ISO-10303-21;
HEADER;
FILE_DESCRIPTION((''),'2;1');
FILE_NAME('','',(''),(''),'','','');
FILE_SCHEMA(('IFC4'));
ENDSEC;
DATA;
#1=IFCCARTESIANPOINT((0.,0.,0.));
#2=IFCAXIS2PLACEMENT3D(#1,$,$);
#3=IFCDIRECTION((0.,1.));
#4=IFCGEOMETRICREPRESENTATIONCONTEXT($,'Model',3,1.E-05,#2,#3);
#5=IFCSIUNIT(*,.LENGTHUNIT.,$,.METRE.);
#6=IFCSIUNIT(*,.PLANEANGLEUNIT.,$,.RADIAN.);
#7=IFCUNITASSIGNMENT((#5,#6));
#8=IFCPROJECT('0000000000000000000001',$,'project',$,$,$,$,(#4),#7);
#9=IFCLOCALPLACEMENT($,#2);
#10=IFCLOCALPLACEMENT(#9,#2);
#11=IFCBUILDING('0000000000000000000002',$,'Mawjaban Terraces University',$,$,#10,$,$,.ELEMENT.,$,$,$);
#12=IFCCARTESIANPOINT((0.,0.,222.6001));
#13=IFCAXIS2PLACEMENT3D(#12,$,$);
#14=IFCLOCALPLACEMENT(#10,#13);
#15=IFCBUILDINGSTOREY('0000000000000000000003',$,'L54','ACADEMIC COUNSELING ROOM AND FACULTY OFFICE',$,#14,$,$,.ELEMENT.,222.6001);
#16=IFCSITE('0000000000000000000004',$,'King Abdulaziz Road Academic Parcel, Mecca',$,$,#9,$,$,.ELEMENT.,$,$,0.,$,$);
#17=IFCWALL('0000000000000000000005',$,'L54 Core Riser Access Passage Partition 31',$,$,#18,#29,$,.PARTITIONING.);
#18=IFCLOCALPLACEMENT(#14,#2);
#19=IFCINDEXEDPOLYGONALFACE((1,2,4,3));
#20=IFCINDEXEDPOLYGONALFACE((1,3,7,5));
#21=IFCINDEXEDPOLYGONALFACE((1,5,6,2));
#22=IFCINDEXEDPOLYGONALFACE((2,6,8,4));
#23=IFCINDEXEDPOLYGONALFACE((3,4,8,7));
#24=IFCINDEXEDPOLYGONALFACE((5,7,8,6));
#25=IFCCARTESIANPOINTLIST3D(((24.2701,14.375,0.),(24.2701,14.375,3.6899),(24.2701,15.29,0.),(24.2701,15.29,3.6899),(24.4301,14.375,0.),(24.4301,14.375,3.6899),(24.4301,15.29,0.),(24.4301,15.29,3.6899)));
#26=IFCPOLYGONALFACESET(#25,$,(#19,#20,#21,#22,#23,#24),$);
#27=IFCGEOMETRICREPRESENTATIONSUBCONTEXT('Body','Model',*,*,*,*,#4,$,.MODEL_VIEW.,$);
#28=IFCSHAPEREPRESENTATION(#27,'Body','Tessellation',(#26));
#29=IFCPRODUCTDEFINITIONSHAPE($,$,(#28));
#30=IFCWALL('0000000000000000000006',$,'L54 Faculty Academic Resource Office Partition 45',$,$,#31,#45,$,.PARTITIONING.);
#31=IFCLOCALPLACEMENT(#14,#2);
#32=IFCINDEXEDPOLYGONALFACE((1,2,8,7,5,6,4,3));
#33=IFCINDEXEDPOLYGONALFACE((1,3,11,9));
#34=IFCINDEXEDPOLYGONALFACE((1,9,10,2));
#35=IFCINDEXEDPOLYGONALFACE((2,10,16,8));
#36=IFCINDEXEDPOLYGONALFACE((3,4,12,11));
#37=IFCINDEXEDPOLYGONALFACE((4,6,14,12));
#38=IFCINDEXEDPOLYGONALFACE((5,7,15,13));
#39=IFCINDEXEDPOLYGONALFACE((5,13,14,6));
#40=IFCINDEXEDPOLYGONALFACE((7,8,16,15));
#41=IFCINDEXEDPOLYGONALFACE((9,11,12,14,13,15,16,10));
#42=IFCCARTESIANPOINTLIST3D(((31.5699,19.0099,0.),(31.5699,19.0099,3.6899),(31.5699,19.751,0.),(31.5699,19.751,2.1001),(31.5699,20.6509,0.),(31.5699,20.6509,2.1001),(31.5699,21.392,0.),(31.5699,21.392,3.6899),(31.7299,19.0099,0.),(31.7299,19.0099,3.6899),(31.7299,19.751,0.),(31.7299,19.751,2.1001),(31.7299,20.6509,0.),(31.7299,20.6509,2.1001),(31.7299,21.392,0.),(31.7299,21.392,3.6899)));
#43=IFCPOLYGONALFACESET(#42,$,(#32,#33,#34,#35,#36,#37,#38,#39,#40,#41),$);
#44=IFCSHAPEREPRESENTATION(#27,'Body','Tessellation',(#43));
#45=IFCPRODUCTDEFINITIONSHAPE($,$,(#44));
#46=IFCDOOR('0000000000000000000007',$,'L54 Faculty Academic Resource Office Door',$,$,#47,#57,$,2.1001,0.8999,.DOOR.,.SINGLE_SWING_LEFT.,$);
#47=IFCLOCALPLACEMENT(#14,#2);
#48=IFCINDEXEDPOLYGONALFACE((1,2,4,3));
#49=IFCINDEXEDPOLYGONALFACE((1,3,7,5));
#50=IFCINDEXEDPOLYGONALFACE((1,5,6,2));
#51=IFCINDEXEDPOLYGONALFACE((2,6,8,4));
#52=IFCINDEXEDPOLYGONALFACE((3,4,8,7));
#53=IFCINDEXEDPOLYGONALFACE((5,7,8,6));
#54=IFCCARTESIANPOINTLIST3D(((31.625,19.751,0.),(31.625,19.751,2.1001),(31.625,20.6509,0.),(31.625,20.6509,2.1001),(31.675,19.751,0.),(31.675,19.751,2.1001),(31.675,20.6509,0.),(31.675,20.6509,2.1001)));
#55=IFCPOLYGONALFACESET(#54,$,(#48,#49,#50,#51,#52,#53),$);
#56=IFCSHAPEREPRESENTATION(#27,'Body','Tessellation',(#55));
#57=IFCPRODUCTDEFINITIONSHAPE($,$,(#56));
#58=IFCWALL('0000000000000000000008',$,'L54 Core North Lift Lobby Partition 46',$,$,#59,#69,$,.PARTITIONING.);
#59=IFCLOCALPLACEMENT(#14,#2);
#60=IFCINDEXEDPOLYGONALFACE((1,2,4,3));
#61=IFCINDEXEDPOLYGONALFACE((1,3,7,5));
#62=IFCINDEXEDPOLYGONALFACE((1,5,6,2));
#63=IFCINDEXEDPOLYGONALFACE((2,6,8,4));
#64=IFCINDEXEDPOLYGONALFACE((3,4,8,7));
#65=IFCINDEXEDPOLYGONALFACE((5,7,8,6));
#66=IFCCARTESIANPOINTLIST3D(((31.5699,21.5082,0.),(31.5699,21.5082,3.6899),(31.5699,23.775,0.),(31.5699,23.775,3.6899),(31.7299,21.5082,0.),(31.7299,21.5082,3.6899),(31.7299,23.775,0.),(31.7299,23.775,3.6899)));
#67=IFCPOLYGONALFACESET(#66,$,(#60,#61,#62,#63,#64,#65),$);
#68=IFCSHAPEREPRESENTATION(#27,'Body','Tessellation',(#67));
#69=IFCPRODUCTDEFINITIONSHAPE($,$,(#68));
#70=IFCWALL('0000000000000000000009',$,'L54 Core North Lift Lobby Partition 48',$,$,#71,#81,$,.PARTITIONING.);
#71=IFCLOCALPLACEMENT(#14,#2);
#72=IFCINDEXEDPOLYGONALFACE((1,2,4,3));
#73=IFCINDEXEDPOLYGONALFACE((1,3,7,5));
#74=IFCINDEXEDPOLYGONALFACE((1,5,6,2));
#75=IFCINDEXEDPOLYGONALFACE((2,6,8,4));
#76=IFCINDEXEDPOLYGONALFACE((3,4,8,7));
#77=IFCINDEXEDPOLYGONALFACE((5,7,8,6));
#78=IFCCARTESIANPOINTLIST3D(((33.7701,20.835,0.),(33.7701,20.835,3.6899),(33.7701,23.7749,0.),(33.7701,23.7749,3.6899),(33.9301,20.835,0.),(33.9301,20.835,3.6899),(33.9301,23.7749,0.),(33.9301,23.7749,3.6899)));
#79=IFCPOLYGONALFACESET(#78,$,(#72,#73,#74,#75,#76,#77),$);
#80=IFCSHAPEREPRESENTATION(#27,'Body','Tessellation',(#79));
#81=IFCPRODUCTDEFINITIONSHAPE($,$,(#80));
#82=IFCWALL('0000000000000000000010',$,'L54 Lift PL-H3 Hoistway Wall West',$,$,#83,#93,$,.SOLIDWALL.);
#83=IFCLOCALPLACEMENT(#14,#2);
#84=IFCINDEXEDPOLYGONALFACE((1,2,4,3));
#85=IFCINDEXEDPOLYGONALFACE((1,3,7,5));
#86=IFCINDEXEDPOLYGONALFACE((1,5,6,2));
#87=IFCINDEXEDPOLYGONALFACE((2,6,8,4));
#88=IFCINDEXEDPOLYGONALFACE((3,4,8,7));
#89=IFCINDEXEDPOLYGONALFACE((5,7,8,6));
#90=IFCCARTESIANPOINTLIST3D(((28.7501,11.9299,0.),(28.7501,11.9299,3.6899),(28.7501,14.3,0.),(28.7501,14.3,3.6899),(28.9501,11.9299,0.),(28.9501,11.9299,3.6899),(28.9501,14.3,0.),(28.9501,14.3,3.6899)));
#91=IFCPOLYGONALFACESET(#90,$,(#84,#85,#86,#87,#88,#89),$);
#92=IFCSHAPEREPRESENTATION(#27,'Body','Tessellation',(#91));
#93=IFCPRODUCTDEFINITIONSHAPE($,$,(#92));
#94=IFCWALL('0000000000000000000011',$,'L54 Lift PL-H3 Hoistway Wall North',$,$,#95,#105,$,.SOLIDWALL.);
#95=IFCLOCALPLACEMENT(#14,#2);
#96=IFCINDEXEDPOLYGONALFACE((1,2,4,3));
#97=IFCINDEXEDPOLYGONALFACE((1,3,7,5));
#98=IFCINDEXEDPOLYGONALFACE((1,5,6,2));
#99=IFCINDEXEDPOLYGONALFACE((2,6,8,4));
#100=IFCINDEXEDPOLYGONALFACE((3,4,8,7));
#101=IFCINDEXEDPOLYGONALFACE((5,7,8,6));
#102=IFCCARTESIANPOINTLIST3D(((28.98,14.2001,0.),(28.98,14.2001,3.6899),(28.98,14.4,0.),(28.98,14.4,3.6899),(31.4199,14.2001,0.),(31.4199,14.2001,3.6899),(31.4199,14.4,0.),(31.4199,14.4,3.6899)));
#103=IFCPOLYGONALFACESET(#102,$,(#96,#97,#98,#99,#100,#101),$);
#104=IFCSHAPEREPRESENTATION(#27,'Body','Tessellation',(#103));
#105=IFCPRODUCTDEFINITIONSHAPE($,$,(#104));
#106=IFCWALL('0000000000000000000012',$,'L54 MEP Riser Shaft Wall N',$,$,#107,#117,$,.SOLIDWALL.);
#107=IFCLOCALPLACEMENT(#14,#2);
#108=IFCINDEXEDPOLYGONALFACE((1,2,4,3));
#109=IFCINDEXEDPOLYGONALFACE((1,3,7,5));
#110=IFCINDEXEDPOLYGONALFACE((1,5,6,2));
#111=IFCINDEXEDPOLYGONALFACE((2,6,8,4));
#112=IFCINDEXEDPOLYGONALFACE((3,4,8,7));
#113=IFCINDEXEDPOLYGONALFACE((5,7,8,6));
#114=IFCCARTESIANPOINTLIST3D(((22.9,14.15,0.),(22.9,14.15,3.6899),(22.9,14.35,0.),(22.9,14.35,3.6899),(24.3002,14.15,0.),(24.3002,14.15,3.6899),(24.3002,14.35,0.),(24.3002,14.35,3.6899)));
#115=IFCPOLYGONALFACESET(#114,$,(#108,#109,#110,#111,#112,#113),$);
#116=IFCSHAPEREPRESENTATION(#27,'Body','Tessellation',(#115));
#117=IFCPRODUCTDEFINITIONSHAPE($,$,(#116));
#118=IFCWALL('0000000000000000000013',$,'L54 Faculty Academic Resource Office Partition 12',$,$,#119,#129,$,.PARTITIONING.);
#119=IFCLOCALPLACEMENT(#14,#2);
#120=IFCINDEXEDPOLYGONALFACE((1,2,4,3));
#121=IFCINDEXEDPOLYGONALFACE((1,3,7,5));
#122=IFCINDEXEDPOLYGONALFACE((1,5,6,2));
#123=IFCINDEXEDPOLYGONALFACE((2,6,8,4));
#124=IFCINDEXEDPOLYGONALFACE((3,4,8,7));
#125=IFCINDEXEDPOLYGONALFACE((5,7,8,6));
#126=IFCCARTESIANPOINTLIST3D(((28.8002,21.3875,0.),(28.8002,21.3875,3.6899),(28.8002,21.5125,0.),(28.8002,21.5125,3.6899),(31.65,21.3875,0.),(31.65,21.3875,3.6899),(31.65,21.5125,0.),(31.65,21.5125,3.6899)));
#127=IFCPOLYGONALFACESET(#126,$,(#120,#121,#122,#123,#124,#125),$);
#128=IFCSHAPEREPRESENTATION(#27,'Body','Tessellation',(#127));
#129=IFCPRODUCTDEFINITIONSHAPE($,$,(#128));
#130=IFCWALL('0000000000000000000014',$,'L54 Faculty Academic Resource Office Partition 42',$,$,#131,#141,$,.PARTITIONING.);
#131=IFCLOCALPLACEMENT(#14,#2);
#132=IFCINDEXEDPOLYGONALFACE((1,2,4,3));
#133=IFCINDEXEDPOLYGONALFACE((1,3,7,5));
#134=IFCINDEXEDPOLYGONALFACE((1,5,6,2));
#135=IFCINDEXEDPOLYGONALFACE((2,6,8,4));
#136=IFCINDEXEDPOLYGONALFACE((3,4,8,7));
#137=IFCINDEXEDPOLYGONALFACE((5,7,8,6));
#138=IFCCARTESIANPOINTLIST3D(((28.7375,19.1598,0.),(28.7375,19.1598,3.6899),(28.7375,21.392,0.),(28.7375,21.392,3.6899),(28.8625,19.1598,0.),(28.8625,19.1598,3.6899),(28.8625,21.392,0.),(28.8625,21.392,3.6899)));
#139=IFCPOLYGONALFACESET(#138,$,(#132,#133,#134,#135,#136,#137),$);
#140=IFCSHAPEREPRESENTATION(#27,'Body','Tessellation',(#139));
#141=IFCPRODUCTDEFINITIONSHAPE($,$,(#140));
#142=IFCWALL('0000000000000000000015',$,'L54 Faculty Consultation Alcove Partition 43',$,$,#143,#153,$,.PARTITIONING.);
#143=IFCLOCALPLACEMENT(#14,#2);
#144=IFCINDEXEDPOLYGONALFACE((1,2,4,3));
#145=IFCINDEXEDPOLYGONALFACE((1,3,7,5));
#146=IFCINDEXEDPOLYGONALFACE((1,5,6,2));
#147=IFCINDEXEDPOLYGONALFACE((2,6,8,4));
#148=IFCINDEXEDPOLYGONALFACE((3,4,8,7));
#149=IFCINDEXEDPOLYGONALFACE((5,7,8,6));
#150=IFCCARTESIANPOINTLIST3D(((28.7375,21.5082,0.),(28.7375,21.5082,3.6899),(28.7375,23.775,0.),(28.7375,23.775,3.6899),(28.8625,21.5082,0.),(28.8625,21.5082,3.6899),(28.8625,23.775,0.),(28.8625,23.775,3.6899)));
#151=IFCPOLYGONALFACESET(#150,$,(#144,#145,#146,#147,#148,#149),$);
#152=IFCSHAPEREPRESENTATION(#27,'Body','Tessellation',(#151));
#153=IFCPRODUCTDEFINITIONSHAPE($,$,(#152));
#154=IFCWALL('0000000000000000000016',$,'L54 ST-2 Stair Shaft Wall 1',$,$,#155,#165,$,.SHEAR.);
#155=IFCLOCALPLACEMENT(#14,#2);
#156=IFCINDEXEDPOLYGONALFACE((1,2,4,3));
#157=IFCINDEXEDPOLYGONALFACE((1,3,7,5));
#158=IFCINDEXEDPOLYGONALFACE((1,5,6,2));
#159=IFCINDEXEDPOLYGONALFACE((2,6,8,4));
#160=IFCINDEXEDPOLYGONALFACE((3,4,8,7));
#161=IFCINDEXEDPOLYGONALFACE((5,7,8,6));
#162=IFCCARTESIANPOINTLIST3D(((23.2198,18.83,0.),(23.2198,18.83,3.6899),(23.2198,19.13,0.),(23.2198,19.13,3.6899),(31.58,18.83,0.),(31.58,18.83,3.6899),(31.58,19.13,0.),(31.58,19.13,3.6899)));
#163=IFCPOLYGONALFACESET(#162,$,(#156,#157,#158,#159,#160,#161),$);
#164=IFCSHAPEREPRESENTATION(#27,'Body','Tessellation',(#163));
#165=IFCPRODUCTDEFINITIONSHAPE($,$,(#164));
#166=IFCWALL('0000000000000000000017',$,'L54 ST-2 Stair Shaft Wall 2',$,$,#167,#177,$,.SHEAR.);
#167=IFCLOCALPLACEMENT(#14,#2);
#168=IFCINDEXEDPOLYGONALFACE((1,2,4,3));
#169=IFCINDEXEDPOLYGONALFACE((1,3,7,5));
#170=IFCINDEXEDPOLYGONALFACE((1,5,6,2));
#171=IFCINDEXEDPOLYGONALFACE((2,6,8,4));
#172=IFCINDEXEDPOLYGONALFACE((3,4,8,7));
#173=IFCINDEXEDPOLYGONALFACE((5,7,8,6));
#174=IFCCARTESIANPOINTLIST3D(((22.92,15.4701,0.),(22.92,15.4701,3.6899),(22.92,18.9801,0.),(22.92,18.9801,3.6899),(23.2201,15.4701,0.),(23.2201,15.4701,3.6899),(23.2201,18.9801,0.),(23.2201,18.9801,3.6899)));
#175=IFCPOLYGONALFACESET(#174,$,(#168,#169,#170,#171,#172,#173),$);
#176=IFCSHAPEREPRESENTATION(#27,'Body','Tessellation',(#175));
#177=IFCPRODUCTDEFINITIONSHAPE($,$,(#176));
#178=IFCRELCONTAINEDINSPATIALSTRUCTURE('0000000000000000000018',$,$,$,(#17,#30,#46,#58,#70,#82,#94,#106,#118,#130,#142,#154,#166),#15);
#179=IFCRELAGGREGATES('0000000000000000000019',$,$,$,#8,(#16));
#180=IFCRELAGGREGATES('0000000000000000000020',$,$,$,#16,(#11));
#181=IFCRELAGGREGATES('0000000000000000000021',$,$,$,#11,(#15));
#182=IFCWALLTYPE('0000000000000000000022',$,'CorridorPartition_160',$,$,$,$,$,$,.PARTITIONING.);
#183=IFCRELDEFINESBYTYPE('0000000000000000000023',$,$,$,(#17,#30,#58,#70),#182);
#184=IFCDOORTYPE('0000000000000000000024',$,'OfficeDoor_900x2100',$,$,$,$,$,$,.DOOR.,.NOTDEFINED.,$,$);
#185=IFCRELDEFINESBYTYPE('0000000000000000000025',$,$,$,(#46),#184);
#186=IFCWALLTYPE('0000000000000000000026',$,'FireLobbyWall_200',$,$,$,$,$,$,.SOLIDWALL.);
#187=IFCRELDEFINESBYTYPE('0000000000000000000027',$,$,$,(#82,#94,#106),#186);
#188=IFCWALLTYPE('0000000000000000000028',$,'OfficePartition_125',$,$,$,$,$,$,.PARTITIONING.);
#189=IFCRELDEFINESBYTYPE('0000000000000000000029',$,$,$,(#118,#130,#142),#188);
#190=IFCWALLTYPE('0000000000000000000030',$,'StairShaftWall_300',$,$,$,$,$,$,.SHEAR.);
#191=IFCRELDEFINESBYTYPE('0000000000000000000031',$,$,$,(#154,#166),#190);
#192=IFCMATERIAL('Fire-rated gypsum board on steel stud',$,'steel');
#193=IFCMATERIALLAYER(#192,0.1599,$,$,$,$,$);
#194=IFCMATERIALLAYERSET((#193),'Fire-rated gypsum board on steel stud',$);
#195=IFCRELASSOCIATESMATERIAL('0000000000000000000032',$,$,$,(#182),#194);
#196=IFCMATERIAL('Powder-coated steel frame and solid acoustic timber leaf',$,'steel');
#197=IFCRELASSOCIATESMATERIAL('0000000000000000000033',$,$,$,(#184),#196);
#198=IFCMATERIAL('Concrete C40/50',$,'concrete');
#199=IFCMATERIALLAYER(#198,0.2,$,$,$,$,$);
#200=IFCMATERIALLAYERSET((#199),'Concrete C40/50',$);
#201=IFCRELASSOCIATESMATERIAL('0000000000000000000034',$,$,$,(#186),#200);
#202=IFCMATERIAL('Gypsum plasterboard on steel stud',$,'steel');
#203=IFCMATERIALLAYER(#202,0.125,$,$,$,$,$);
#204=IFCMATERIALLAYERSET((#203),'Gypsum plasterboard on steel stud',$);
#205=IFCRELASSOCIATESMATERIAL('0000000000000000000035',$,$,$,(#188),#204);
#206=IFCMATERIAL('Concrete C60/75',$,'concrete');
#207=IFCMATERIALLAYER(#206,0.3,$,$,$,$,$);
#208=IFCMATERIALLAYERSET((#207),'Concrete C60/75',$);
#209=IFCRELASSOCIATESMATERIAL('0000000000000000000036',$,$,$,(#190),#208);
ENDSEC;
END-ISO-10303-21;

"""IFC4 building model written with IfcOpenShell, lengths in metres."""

from ifc_helpers import new_model, si_unit, direction, frame, frame_2d, origin, place, context, subcontext, project, spatial, rectangle, extrude, material, layer, layer_set, type_object, element, fill, save


model = new_model("IFC4")

# Units and contexts
model_context = context("Model", 3, precision=1e-05, world=origin(), true_north=direction((0.0, 1.0)))
body_context = subcontext(model_context, "Body", "Model", "MODEL_VIEW")
ifc_project = project(units=[si_unit("LENGTHUNIT", "METRE"), si_unit("PLANEANGLEUNIT", "RADIAN")], contexts=[model_context])

# Site, building, storey
site_placement = place(None, origin())
site = spatial("IfcSite", under=ifc_project, at=site_placement, Name="King Abdulaziz Road Academic Parcel, Mecca", CompositionType="ELEMENT", RefElevation=0.0)
building_placement = place(site_placement, origin())
building = spatial("IfcBuilding", under=site, at=building_placement, Name="Mawjaban Terraces University", CompositionType="ELEMENT")
storey_placement = place(building_placement, frame((0.0, 0.0, 222.6001)))
storey = spatial("IfcBuildingStorey", under=building, at=storey_placement, Name="L54", Description="ACADEMIC COUNSELING ROOM AND FACULTY OFFICE", CompositionType="ELEMENT", Elevation=222.6001)

# Shared definitions
ifc_material_1 = material(Name="Concrete C60/75", Category="concrete")

# Shared definitions
ifc_material_2 = material(Name="Powder-coated steel frame and solid acoustic timber leaf", Category="steel")
ifc_material_3 = material(Name="Fire-rated gypsum board on steel stud", Category="steel")
ifc_layer_1 = layer(ifc_material_3, 0.1599)
ifc_layer_set_1 = layer_set([ifc_layer_1], Name="Fire-rated gypsum board on steel stud")
wall_type_1 = type_object("IfcWallType", Name="CorridorPartition_160", PredefinedType="PARTITIONING", material=ifc_layer_set_1)

# Wall
wall_1_placement = place(storey_placement, frame((24.3501, 15.29, 0.0), z_axis=(0.0, 0.0, 1.0), x_axis=(0.0, -1.0, 0.0)))
element("IfcWall", 1, at=wall_1_placement, inside=storey, type_object=wall_type_1, Name="L54 Core Riser Access Passage Partition 31", PredefinedType="PARTITIONING", context=body_context, shape_type="SweptSolid", body=[
    extrude(rectangle(XDim=0.915, YDim=0.1599, at=frame_2d((0.4575, 0.0))), origin(), (0.0, 0.0, 1.0), 3.6899),
])

# Wall, opening, door
wall_2_placement = place(storey_placement, frame((31.6499, 19.01, 0.0), z_axis=(0.0, 0.0, 1.0), x_axis=(0.0, 1.0, 0.0)))
wall_2 = element("IfcWall", 2, at=wall_2_placement, inside=storey, type_object=wall_type_1, Name="L54 Faculty Academic Resource Office Partition 45", PredefinedType="PARTITIONING", context=body_context, shape_type="SweptSolid", body=[
    extrude(rectangle(XDim=2.3821, YDim=0.1599, at=frame_2d((1.1909, 0.0))), origin(), (0.0, 0.0, 1.0), 3.6899),
])
opening_1_placement = place(wall_2_placement, frame((0.741, 0.0, 0.0)))
opening_1 = element("IfcOpeningElement", 3, at=opening_1_placement, cuts=wall_2, PredefinedType="OPENING", context=body_context, shape_type="SweptSolid", body=[
    extrude(rectangle(XDim=0.8999, YDim=2.1001, at=frame_2d((0.45, 1.05))), frame((0.0, 0.0898, 0.0), z_axis=(0.0, -1.0, 0.0), x_axis=(1.0, 0.0, 0.0)), (0.0, 0.0, 1.0), 0.1799),
])
door_type_1 = type_object("IfcDoorType", Name="OfficeDoor_900x2100", OperationType="NOTDEFINED", PredefinedType="DOOR", material=ifc_material_2)
door_1_placement = place(opening_1_placement, origin())
door_1 = element("IfcDoor", 4, at=door_1_placement, inside=storey, type_object=door_type_1, Name="L54 Faculty Academic Resource Office Door", OperationType="SINGLE_SWING_LEFT", OverallHeight=2.1001, OverallWidth=0.8999, PredefinedType="DOOR", context=body_context, shape_type="SweptSolid", body=[
    extrude(rectangle(XDim=0.8999, YDim=2.1001, at=frame_2d((0.45, 1.05))), frame((0.0, 0.0249, 0.0), z_axis=(0.0, -1.0, 0.0), x_axis=(1.0, 0.0, 0.0)), (0.0, 0.0, 1.0), 0.05),
])
fill(opening_1, door_1)

# Walls
wall_3_placement = place(storey_placement, frame((31.6499, 23.7749, 0.0), z_axis=(0.0, 0.0, 1.0), x_axis=(0.0, -1.0, 0.0)))
element("IfcWall", 5, at=wall_3_placement, inside=storey, type_object=wall_type_1, Name="L54 Core North Lift Lobby Partition 46", PredefinedType="PARTITIONING", context=body_context, shape_type="SweptSolid", body=[
    extrude(rectangle(XDim=2.2668, YDim=0.1599, at=frame_2d((1.1333, 0.0))), origin(), (0.0, 0.0, 1.0), 3.6899),
])
wall_4_placement = place(storey_placement, frame((33.8501, 20.835, 0.0), z_axis=(0.0, 0.0, 1.0), x_axis=(0.0, 1.0, 0.0)))
element("IfcWall", 6, at=wall_4_placement, inside=storey, type_object=wall_type_1, Name="L54 Core North Lift Lobby Partition 48", PredefinedType="PARTITIONING", context=body_context, shape_type="SweptSolid", body=[
    extrude(rectangle(XDim=2.9399, YDim=0.1599, at=frame_2d((1.47, 0.0))), origin(), (0.0, 0.0, 1.0), 3.6899),
])
ifc_material_4 = material(Name="Concrete C40/50", Category="concrete")
ifc_layer_2 = layer(ifc_material_4, 0.2)
ifc_layer_set_2 = layer_set([ifc_layer_2], Name="Concrete C40/50")
wall_type_2 = type_object("IfcWallType", Name="FireLobbyWall_200", PredefinedType="SOLIDWALL", material=ifc_layer_set_2)
wall_5_placement = place(storey_placement, frame((28.8501, 14.3, 0.0), z_axis=(0.0, 0.0, 1.0), x_axis=(0.0, -1.0, 0.0)))
element("IfcWall", 7, at=wall_5_placement, inside=storey, type_object=wall_type_2, Name="L54 Lift PL-H3 Hoistway Wall West", PredefinedType="SOLIDWALL", context=body_context, shape_type="SweptSolid", body=[
    extrude(rectangle(XDim=2.3701, YDim=0.2, at=frame_2d((1.1851, 0.0))), origin(), (0.0, 0.0, 1.0), 3.6899),
])
wall_6_placement = place(storey_placement, frame((31.4199, 14.3, 0.0), z_axis=(0.0, 0.0, 1.0), x_axis=(-1.0, 0.0, 0.0)))
element("IfcWall", 8, at=wall_6_placement, inside=storey, type_object=wall_type_2, Name="L54 Lift PL-H3 Hoistway Wall North", PredefinedType="SOLIDWALL", context=body_context, shape_type="SweptSolid", body=[
    extrude(rectangle(XDim=2.4399, YDim=0.2, at=frame_2d((1.22, 0.0))), origin(), (0.0, 0.0, 1.0), 3.6899),
])
wall_7_placement = place(storey_placement, frame((22.8999, 14.25, 0.0), z_axis=(0.0, 0.0, 1.0), x_axis=(1.0, 0.0, 0.0)))
element("IfcWall", 9, at=wall_7_placement, inside=storey, type_object=wall_type_2, Name="L54 MEP Riser Shaft Wall N", PredefinedType="SOLIDWALL", context=body_context, shape_type="SweptSolid", body=[
    extrude(rectangle(XDim=1.4001, YDim=0.2, at=frame_2d((0.7002, 0.0))), origin(), (0.0, 0.0, 1.0), 3.6899),
])
ifc_material_5 = material(Name="Gypsum plasterboard on steel stud", Category="steel")
ifc_layer_3 = layer(ifc_material_5, 0.125)
ifc_layer_set_3 = layer_set([ifc_layer_3], Name="Gypsum plasterboard on steel stud")
wall_type_3 = type_object("IfcWallType", Name="OfficePartition_125", PredefinedType="PARTITIONING", material=ifc_layer_set_3)
wall_8_placement = place(storey_placement, frame((31.6499, 21.45, 0.0), z_axis=(0.0, 0.0, 1.0), x_axis=(-1.0, 0.0, 0.0)))
element("IfcWall", 10, at=wall_8_placement, inside=storey, type_object=wall_type_3, Name="L54 Faculty Academic Resource Office Partition 12", PredefinedType="PARTITIONING", context=body_context, shape_type="SweptSolid", body=[
    extrude(rectangle(XDim=2.8499, YDim=0.125, at=frame_2d((1.4248, 0.0))), origin(), (0.0, 0.0, 1.0), 3.6899),
])
wall_9_placement = place(storey_placement, frame((28.8, 21.3921, 0.0), z_axis=(0.0, 0.0, 1.0), x_axis=(0.0, -1.0, 0.0)))
element("IfcWall", 11, at=wall_9_placement, inside=storey, type_object=wall_type_3, Name="L54 Faculty Academic Resource Office Partition 42", PredefinedType="PARTITIONING", context=body_context, shape_type="SweptSolid", body=[
    extrude(rectangle(XDim=2.2322, YDim=0.125, at=frame_2d((1.1162, 0.0))), origin(), (0.0, 0.0, 1.0), 3.6899),
])
wall_10_placement = place(storey_placement, frame((28.8, 23.7749, 0.0), z_axis=(0.0, 0.0, 1.0), x_axis=(0.0, -1.0, 0.0)))
element("IfcWall", 12, at=wall_10_placement, inside=storey, type_object=wall_type_3, Name="L54 Faculty Consultation Alcove Partition 43", PredefinedType="PARTITIONING", context=body_context, shape_type="SweptSolid", body=[
    extrude(rectangle(XDim=2.2668, YDim=0.125, at=frame_2d((1.1333, 0.0))), origin(), (0.0, 0.0, 1.0), 3.6899),
])
ifc_layer_4 = layer(ifc_material_1, 0.3)
ifc_layer_set_4 = layer_set([ifc_layer_4], Name="Concrete C60/75")
wall_type_4 = type_object("IfcWallType", Name="StairShaftWall_300", PredefinedType="SHEAR", material=ifc_layer_set_4)
wall_11_placement = place(storey_placement, frame((31.5801, 18.98, 0.0), z_axis=(0.0, 0.0, 1.0), x_axis=(-1.0, 0.0, 0.0)))
element("IfcWall", 13, at=wall_11_placement, inside=storey, type_object=wall_type_4, Name="L54 ST-2 Stair Shaft Wall 1", PredefinedType="SHEAR", context=body_context, shape_type="SweptSolid", body=[
    extrude(rectangle(XDim=8.3601, YDim=0.3, at=frame_2d((4.1802, 0.0))), origin(), (0.0, 0.0, 1.0), 3.6899),
])
wall_12_placement = place(storey_placement, frame((23.0701, 18.98, 0.0), z_axis=(0.0, 0.0, 1.0), x_axis=(0.0, -1.0, 0.0)))
element("IfcWall", 14, at=wall_12_placement, inside=storey, type_object=wall_type_4, Name="L54 ST-2 Stair Shaft Wall 2", PredefinedType="SHEAR", context=body_context, shape_type="SweptSolid", body=[
    extrude(rectangle(XDim=3.51, YDim=0.3, at=frame_2d((1.7549, 0.0))), origin(), (0.0, 0.0, 1.0), 3.6899),
])

save(model, "model.ifc")
